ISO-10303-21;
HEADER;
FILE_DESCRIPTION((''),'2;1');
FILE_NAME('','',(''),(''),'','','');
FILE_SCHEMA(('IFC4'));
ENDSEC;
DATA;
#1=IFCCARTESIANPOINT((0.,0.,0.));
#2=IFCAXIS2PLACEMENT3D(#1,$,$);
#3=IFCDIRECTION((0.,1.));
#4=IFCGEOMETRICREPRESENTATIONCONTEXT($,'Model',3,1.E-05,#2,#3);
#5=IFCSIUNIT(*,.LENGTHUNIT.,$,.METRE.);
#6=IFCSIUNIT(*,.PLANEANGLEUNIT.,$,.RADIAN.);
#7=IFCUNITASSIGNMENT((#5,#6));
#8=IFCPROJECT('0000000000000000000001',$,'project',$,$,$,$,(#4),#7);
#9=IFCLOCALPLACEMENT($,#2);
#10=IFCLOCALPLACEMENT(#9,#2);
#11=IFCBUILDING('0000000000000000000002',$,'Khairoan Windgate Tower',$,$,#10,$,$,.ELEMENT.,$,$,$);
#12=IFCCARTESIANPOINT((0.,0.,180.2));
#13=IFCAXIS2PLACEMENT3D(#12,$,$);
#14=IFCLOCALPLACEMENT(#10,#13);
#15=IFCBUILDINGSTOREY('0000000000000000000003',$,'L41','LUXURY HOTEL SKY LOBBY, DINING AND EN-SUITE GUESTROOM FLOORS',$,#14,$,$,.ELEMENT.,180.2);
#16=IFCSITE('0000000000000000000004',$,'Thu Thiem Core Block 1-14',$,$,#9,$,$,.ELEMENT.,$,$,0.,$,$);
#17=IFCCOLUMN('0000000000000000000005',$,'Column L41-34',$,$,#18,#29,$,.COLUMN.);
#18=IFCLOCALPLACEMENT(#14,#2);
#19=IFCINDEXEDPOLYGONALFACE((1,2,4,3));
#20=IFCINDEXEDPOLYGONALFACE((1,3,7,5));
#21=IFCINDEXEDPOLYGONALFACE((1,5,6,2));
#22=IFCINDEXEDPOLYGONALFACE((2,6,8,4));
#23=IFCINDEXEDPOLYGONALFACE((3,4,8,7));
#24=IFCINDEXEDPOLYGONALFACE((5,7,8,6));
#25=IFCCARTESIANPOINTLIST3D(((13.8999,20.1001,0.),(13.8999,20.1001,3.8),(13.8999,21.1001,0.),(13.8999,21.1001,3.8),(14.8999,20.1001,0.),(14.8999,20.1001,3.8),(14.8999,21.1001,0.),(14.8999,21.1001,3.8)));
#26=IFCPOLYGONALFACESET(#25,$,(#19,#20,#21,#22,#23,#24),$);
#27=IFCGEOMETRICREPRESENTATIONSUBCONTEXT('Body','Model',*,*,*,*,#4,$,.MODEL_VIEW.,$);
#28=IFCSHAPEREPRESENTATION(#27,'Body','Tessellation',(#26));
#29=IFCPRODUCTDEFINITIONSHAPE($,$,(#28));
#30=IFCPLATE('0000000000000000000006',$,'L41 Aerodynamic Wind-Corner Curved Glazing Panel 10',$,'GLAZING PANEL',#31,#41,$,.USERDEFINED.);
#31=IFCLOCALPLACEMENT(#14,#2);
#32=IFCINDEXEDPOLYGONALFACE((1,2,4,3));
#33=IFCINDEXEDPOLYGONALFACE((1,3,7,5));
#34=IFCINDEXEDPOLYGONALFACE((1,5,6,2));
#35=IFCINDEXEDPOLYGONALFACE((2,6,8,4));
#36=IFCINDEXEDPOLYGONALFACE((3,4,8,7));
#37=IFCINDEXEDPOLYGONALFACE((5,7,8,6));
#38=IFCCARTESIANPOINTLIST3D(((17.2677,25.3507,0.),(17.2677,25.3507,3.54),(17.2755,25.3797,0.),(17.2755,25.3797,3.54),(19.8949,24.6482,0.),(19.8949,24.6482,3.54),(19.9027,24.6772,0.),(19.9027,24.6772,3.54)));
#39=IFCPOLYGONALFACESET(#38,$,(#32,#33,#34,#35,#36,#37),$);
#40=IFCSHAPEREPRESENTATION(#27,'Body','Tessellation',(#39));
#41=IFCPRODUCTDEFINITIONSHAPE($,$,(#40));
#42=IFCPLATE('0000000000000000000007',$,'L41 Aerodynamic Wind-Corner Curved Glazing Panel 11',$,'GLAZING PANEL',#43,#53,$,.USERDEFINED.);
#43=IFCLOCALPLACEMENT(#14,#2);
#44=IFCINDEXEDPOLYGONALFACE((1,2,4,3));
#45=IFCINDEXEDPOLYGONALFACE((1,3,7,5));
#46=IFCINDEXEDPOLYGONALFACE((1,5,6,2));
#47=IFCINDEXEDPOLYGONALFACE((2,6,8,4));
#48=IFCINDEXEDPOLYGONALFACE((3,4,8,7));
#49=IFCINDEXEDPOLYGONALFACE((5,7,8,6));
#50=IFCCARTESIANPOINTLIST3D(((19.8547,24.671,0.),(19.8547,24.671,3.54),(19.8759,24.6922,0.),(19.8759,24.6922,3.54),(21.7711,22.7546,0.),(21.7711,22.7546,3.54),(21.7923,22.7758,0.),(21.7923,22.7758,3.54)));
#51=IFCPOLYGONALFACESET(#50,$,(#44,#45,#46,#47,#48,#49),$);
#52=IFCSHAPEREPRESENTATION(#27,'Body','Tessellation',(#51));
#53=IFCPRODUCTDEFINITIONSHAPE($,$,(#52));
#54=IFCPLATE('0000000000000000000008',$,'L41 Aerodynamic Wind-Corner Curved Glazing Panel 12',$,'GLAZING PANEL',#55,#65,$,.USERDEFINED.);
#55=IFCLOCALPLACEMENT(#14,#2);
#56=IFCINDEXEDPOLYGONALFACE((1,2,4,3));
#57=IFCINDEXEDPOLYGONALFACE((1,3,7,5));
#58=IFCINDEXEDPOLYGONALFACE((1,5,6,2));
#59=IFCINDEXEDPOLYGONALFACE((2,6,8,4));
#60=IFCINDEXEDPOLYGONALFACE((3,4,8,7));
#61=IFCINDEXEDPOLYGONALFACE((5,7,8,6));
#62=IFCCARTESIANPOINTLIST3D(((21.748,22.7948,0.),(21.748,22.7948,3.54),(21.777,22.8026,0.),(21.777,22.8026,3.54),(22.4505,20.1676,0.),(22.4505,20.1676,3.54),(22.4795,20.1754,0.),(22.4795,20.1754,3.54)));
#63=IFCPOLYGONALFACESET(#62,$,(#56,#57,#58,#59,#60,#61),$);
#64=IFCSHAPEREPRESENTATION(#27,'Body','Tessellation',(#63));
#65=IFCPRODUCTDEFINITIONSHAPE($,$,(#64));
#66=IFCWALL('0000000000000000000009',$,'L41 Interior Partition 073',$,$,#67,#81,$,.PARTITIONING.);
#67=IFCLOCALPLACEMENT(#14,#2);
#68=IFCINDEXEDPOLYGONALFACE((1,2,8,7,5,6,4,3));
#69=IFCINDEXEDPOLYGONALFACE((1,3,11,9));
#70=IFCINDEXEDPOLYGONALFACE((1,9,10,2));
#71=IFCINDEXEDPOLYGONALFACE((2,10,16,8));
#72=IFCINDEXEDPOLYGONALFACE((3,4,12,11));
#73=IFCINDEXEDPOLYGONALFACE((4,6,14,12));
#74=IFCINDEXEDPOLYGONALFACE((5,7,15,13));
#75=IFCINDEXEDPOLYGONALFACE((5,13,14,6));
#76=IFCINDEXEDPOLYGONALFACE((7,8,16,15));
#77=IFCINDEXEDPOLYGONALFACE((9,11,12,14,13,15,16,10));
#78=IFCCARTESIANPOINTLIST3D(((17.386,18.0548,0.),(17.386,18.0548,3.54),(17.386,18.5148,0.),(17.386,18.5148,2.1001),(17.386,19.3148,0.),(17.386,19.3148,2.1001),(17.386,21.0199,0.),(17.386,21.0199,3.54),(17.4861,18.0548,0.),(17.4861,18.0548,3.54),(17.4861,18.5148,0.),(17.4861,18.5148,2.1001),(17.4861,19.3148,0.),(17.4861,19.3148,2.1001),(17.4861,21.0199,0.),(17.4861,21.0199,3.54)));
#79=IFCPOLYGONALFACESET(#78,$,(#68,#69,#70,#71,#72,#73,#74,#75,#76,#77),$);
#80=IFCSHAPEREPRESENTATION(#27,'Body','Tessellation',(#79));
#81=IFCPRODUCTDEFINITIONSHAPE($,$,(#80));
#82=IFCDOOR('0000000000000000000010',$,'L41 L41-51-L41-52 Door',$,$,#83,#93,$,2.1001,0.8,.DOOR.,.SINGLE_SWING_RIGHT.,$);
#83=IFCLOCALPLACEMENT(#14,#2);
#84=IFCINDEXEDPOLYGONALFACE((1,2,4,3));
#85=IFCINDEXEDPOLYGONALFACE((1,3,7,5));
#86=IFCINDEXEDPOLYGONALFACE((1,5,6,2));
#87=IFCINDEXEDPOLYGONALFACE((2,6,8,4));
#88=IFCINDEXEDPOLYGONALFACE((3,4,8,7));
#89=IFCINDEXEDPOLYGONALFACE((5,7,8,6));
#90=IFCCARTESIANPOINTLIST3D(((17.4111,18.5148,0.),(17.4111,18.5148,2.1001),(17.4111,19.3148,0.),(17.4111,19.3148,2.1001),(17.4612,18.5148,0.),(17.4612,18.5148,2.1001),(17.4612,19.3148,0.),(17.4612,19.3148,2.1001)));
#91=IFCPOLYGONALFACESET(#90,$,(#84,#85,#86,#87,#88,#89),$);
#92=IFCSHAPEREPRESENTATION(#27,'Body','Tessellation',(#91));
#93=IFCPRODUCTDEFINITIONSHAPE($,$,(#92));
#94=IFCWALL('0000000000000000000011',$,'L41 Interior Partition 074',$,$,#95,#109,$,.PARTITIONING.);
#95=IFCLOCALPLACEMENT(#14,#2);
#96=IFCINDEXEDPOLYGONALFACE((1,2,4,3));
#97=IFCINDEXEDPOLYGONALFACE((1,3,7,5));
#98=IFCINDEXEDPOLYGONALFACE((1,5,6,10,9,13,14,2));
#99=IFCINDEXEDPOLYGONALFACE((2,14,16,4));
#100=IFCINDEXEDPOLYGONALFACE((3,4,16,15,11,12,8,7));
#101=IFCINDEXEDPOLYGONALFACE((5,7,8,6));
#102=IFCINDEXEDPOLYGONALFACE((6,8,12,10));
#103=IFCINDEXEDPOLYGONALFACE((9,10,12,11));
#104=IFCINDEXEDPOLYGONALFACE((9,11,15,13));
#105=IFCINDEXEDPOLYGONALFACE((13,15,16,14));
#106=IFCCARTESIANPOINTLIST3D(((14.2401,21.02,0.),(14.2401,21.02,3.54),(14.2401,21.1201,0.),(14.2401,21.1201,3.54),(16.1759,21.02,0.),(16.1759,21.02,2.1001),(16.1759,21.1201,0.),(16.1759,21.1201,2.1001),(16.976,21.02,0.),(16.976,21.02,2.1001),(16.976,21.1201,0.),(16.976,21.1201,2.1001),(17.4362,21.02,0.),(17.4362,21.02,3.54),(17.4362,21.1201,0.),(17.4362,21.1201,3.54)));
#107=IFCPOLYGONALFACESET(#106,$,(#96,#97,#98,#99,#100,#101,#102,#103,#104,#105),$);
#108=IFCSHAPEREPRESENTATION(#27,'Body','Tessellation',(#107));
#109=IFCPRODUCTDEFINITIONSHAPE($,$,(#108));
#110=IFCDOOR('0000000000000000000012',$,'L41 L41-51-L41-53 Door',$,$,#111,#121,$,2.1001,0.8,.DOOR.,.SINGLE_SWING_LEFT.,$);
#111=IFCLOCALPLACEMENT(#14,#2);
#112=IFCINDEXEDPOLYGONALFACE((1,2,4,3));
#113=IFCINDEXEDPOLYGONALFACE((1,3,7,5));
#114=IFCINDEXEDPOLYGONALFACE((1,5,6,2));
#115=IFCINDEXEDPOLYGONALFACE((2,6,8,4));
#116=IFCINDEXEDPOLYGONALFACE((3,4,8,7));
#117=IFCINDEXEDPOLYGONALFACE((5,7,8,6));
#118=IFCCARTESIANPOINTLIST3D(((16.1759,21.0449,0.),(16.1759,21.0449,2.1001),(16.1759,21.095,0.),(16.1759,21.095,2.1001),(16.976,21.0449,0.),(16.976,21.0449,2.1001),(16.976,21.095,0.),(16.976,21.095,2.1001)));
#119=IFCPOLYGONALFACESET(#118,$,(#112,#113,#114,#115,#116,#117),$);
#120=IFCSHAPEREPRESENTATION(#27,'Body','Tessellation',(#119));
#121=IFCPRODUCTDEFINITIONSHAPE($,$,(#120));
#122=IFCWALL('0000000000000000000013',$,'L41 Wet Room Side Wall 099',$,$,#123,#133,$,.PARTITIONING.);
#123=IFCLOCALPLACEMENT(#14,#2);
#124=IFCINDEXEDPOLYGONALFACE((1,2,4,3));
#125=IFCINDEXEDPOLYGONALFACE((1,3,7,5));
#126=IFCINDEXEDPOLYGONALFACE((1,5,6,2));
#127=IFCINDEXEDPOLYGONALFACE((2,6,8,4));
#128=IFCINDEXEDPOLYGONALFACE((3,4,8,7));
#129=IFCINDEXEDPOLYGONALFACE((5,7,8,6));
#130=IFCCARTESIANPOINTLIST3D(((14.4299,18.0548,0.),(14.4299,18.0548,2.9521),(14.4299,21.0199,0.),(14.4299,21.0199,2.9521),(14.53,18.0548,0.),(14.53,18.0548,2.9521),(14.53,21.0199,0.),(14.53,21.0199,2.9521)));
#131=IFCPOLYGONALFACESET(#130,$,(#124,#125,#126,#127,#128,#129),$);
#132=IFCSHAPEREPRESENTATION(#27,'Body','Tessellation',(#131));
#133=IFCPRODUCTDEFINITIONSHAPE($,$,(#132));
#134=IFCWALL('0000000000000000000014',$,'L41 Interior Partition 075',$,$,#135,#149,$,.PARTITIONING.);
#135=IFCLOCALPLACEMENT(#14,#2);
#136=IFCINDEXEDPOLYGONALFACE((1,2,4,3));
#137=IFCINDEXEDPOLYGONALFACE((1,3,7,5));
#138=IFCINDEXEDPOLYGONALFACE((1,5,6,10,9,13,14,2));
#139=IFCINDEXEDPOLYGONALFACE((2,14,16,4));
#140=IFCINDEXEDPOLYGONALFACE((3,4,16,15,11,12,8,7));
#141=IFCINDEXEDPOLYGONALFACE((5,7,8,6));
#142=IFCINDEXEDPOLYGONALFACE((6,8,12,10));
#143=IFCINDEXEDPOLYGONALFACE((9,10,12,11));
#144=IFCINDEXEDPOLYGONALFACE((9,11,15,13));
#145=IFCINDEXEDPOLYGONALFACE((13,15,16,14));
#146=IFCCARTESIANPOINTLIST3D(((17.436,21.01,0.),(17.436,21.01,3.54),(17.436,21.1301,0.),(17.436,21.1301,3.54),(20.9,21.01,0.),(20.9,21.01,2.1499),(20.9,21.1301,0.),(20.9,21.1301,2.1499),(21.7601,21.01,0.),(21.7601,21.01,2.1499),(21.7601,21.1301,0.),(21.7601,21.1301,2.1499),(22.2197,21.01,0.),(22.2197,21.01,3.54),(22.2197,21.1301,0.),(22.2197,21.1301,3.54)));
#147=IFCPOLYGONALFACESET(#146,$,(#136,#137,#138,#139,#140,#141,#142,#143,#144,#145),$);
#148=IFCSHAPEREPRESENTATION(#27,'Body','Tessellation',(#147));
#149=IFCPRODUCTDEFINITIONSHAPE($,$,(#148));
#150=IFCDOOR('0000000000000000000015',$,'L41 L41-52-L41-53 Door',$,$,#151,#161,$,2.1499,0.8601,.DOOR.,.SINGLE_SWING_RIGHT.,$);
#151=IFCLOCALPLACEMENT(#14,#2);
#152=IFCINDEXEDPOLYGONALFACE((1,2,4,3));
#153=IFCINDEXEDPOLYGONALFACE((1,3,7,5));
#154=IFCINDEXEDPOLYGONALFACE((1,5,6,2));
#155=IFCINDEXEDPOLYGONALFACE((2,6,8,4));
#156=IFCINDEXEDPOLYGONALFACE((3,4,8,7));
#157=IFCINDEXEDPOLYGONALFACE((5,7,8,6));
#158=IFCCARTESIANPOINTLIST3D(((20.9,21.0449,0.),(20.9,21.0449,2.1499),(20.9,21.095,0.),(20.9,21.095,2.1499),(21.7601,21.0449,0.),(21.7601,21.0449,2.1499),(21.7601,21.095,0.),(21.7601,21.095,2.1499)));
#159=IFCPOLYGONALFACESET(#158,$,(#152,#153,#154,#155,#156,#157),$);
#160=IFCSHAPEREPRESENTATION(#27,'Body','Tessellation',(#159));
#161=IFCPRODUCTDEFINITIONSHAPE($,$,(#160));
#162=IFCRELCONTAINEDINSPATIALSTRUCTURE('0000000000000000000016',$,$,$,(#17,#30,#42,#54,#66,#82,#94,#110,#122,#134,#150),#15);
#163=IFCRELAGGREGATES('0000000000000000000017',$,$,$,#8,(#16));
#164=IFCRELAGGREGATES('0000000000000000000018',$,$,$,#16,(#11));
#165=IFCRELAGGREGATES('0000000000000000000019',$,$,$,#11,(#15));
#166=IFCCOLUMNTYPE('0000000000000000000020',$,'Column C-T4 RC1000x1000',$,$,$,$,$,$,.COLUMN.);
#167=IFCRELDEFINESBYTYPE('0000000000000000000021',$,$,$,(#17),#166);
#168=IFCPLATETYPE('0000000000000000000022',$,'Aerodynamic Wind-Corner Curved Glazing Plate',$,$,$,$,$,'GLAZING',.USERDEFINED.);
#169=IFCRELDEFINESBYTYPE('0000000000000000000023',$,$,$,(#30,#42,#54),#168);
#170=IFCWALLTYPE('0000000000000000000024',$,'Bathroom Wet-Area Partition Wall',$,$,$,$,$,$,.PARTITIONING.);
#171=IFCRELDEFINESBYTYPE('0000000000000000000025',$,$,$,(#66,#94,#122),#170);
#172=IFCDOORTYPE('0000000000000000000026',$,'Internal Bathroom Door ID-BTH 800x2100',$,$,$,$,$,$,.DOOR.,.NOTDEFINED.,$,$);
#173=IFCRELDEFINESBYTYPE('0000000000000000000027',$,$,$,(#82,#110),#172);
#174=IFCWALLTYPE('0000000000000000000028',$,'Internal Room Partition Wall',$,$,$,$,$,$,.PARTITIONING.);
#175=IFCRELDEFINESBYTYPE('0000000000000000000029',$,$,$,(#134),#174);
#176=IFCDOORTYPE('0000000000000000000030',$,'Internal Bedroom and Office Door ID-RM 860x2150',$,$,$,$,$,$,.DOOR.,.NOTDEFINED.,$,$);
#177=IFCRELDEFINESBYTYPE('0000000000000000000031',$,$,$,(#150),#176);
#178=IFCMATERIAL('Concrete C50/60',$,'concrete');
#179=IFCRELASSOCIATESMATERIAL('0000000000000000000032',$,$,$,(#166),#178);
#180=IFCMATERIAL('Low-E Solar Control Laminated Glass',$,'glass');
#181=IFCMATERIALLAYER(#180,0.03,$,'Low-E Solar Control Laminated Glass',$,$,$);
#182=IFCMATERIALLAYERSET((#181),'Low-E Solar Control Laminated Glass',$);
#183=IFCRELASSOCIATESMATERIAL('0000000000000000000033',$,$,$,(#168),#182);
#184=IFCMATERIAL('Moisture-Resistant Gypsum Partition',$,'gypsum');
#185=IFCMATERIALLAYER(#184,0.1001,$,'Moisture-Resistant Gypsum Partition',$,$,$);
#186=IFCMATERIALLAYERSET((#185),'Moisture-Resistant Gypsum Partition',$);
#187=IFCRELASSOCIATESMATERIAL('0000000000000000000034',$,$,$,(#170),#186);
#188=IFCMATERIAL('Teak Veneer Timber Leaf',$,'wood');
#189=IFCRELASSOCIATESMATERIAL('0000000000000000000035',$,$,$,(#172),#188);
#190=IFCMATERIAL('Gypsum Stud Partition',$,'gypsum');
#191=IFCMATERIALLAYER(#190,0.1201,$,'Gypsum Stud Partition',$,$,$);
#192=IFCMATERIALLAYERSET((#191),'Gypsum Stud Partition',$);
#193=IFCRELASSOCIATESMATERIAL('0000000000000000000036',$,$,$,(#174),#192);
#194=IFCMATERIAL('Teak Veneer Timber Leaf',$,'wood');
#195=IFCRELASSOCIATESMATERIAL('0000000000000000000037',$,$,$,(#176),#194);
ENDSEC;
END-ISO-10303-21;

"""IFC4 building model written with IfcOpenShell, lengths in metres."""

from ifc_helpers import new_model, si_unit, direction, frame, frame_2d, origin, origin_2d, place, context, subcontext, project, spatial, rectangle, extrude, material, layer, layer_set, material_profile, profile_set, type_object, element, fill, save


model = new_model("IFC4")

# Units and contexts
model_context = context("Model", 3, precision=1e-05, world=origin(), true_north=direction((0.0, 1.0)))
body_context = subcontext(model_context, "Body", "Model", "MODEL_VIEW")
ifc_project = project(units=[si_unit("LENGTHUNIT", "METRE"), si_unit("PLANEANGLEUNIT", "RADIAN")], contexts=[model_context])

# Site, building, storey
site_placement = place(None, origin())
site = spatial("IfcSite", under=ifc_project, at=site_placement, Name="Thu Thiem Core Block 1-14", CompositionType="ELEMENT", RefElevation=0.0)
building_placement = place(site_placement, origin())
building = spatial("IfcBuilding", under=site, at=building_placement, Name="Khairoan Windgate Tower", CompositionType="ELEMENT")
storey_placement = place(building_placement, frame((0.0, 0.0, 180.2)))
storey = spatial("IfcBuildingStorey", under=building, at=storey_placement, Name="L41", Description="LUXURY HOTEL SKY LOBBY, DINING AND EN-SUITE GUESTROOM FLOORS", CompositionType="ELEMENT", Elevation=180.2)

# Column
ifc_material_1 = material(Name="Concrete C50/60", Category="concrete")
ifc_material_profile_1 = material_profile(ifc_material_1, rectangle(XDim=1.0, YDim=1.0, at=origin_2d()))
ifc_profile_set_1 = profile_set([ifc_material_profile_1], Name="Concrete C50/60")
column_type = type_object("IfcColumnType", Name="Column C-T4 RC1000x1000", PredefinedType="COLUMN", material=ifc_profile_set_1)
column_placement = place(storey_placement, frame((14.3999, 20.6001, 0.0), z_axis=(0.0, 0.0, 1.0), x_axis=(1.0, 0.0, 0.0)))
element("IfcColumn", 1, at=column_placement, inside=storey, type_object=column_type, Name="Column L41-34", PredefinedType="COLUMN", context=body_context, shape_type="SweptSolid", body=[
    extrude(rectangle(XDim=1.0, YDim=1.0, at=origin_2d()), origin(), (0.0, 0.0, 1.0), 3.8),
])

# Plates
ifc_material_2 = material(Name="Low-E Solar Control Laminated Glass", Category="glass")
ifc_layer_1 = layer(ifc_material_2, 0.03, Name="Low-E Solar Control Laminated Glass")
ifc_layer_set_1 = layer_set([ifc_layer_1], Name="Low-E Solar Control Laminated Glass")
plate_type_1 = type_object("IfcPlateType", Name="Aerodynamic Wind-Corner Curved Glazing Plate", ElementType="GLAZING", PredefinedType="USERDEFINED", material=ifc_layer_set_1)
plate_1_placement = place(storey_placement, frame((18.5852, 25.0139, 0.0), z_axis=(0.0, 0.0, 1.0), x_axis=(0.966061, -0.258313, 0.0)))
element("IfcPlate", 2, at=plate_1_placement, inside=storey, type_object=plate_type_1, Name="L41 Aerodynamic Wind-Corner Curved Glazing Panel 10", ObjectType="GLAZING PANEL", PredefinedType="USERDEFINED", context=body_context, shape_type="SweptSolid", body=[
    extrude(rectangle(XDim=2.7195, YDim=0.03, at=origin_2d()), origin(), (0.0, 0.0, 1.0), 3.54),
])
plate_2_placement = place(storey_placement, frame((20.8235, 23.7234, 0.0), z_axis=(0.0, 0.0, 1.0), x_axis=(0.707107, -0.707107, 0.0)))
element("IfcPlate", 3, at=plate_2_placement, inside=storey, type_object=plate_type_1, Name="L41 Aerodynamic Wind-Corner Curved Glazing Panel 11", ObjectType="GLAZING PANEL", PredefinedType="USERDEFINED", context=body_context, shape_type="SweptSolid", body=[
    extrude(rectangle(XDim=2.7102, YDim=0.03, at=origin_2d()), origin(), (0.0, 0.0, 1.0), 3.54),
])
plate_3_placement = place(storey_placement, frame((22.1138, 21.4851, 0.0), z_axis=(0.0, 0.0, 1.0), x_axis=(0.258313, -0.966061, 0.0)))
element("IfcPlate", 4, at=plate_3_placement, inside=storey, type_object=plate_type_1, Name="L41 Aerodynamic Wind-Corner Curved Glazing Panel 12", ObjectType="GLAZING PANEL", PredefinedType="USERDEFINED", context=body_context, shape_type="SweptSolid", body=[
    extrude(rectangle(XDim=2.7195, YDim=0.03, at=origin_2d()), origin(), (0.0, 0.0, 1.0), 3.54),
])

# Walls, openings, doors
ifc_material_3 = material(Name="Moisture-Resistant Gypsum Partition", Category="gypsum")
ifc_layer_2 = layer(ifc_material_3, 0.1001, Name="Moisture-Resistant Gypsum Partition")
ifc_layer_set_2 = layer_set([ifc_layer_2], Name="Moisture-Resistant Gypsum Partition")
wall_type_1 = type_object("IfcWallType", Name="Bathroom Wet-Area Partition Wall", PredefinedType="PARTITIONING", material=ifc_layer_set_2)
wall_1_placement = place(storey_placement, frame((17.436, 18.0549, 0.0), z_axis=(0.0, 0.0, 1.0), x_axis=(0.0, 1.0, 0.0)))
wall_1 = element("IfcWall", 5, at=wall_1_placement, inside=storey, type_object=wall_type_1, Name="L41 Interior Partition 073", PredefinedType="PARTITIONING", context=body_context, shape_type="SweptSolid", body=[
    extrude(rectangle(XDim=2.9651, YDim=0.1001, at=frame_2d((1.4824, 0.0))), origin(), (0.0, 0.0, 1.0), 3.54),
])
opening_1_placement = place(wall_1_placement, frame((0.46, 0.0, 0.0)))
opening_1 = element("IfcOpeningElement", 6, at=opening_1_placement, cuts=wall_1, PredefinedType="OPENING", context=body_context, shape_type="SweptSolid", body=[
    extrude(rectangle(XDim=0.8, YDim=2.1001, at=frame_2d((0.3999, 1.05))), frame((0.0, 0.0601, 0.0), z_axis=(0.0, -1.0, 0.0), x_axis=(1.0, 0.0, 0.0)), (0.0, 0.0, 1.0), 0.1201),
])
ifc_material_4 = material(Name="Teak Veneer Timber Leaf", Category="wood")
door_type_1 = type_object("IfcDoorType", Name="Internal Bathroom Door ID-BTH 800x2100", OperationType="NOTDEFINED", PredefinedType="DOOR", material=ifc_material_4)
door_1_placement = place(opening_1_placement, origin())
door_1 = element("IfcDoor", 7, at=door_1_placement, inside=storey, type_object=door_type_1, Name="L41 L41-51-L41-52 Door", OperationType="SINGLE_SWING_RIGHT", OverallHeight=2.1001, OverallWidth=0.8, PredefinedType="DOOR", context=body_context, shape_type="SweptSolid", body=[
    extrude(rectangle(XDim=0.8, YDim=2.1001, at=frame_2d((0.3999, 1.05))), frame((0.0, 0.0249, 0.0), z_axis=(0.0, -1.0, 0.0), x_axis=(1.0, 0.0, 0.0)), (0.0, 0.0, 1.0), 0.05),
])
fill(opening_1, door_1)
wall_2_placement = place(storey_placement, frame((14.24, 21.0701, 0.0), z_axis=(0.0, 0.0, 1.0), x_axis=(1.0, 0.0, 0.0)))
wall_2 = element("IfcWall", 8, at=wall_2_placement, inside=storey, type_object=wall_type_1, Name="L41 Interior Partition 074", PredefinedType="PARTITIONING", context=body_context, shape_type="SweptSolid", body=[
    extrude(rectangle(XDim=3.196, YDim=0.1001, at=frame_2d((1.5981, 0.0))), origin(), (0.0, 0.0, 1.0), 3.54),
])
opening_2_placement = place(wall_2_placement, frame((1.936, 0.0, 0.0)))
opening_2 = element("IfcOpeningElement", 9, at=opening_2_placement, cuts=wall_2, PredefinedType="OPENING", context=body_context, shape_type="SweptSolid", body=[
    extrude(rectangle(XDim=0.8, YDim=2.1001, at=frame_2d((0.3999, 1.05))), frame((0.0, 0.0601, 0.0), z_axis=(0.0, -1.0, 0.0), x_axis=(1.0, 0.0, 0.0)), (0.0, 0.0, 1.0), 0.1201),
])
door_2_placement = place(opening_2_placement, origin())
door_2 = element("IfcDoor", 10, at=door_2_placement, inside=storey, type_object=door_type_1, Name="L41 L41-51-L41-53 Door", OperationType="SINGLE_SWING_LEFT", OverallHeight=2.1001, OverallWidth=0.8, PredefinedType="DOOR", context=body_context, shape_type="SweptSolid", body=[
    extrude(rectangle(XDim=0.8, YDim=2.1001, at=frame_2d((0.3999, 1.05))), frame((0.0, 0.0249, 0.0), z_axis=(0.0, -1.0, 0.0), x_axis=(1.0, 0.0, 0.0)), (0.0, 0.0, 1.0), 0.05),
])
fill(opening_2, door_2)

# Wall
wall_3_placement = place(storey_placement, frame((14.48, 18.0549, 0.0), z_axis=(0.0, 0.0, 1.0), x_axis=(0.0, 1.0, 0.0)))
element("IfcWall", 11, at=wall_3_placement, inside=storey, type_object=wall_type_1, Name="L41 Wet Room Side Wall 099", PredefinedType="PARTITIONING", context=body_context, shape_type="SweptSolid", body=[
    extrude(rectangle(XDim=2.9651, YDim=0.1001, at=frame_2d((1.4824, 0.0))), origin(), (0.0, 0.0, 1.0), 2.9521),
])

# Wall, opening, door
ifc_material_5 = material(Name="Gypsum Stud Partition", Category="gypsum")
ifc_layer_3 = layer(ifc_material_5, 0.1201, Name="Gypsum Stud Partition")
ifc_layer_set_3 = layer_set([ifc_layer_3], Name="Gypsum Stud Partition")
wall_type_2 = type_object("IfcWallType", Name="Internal Room Partition Wall", PredefinedType="PARTITIONING", material=ifc_layer_set_3)
wall_4_placement = place(storey_placement, frame((17.436, 21.0701, 0.0), z_axis=(0.0, 0.0, 1.0), x_axis=(1.0, 0.0, 0.0)))
wall_4 = element("IfcWall", 12, at=wall_4_placement, inside=storey, type_object=wall_type_2, Name="L41 Interior Partition 075", PredefinedType="PARTITIONING", context=body_context, shape_type="SweptSolid", body=[
    extrude(rectangle(XDim=4.7837, YDim=0.1201, at=frame_2d((2.3918, 0.0))), origin(), (0.0, 0.0, 1.0), 3.54),
])
opening_3_placement = place(wall_4_placement, frame((3.4639, 0.0, 0.0)))
opening_3 = element("IfcOpeningElement", 13, at=opening_3_placement, cuts=wall_4, PredefinedType="OPENING", context=body_context, shape_type="SweptSolid", body=[
    extrude(rectangle(XDim=0.8601, YDim=2.1499, at=frame_2d((0.4302, 1.075))), frame((0.0, 0.0701, 0.0), z_axis=(0.0, -1.0, 0.0), x_axis=(1.0, 0.0, 0.0)), (0.0, 0.0, 1.0), 0.1401),
])
ifc_material_6 = material(Name="Teak Veneer Timber Leaf", Category="wood")
door_type_2 = type_object("IfcDoorType", Name="Internal Bedroom and Office Door ID-RM 860x2150", OperationType="NOTDEFINED", PredefinedType="DOOR", material=ifc_material_6)
door_3_placement = place(opening_3_placement, origin())
door_3 = element("IfcDoor", 14, at=door_3_placement, inside=storey, type_object=door_type_2, Name="L41 L41-52-L41-53 Door", OperationType="SINGLE_SWING_RIGHT", OverallHeight=2.1499, OverallWidth=0.8601, PredefinedType="DOOR", context=body_context, shape_type="SweptSolid", body=[
    extrude(rectangle(XDim=0.8601, YDim=2.1499, at=frame_2d((0.4302, 1.075))), frame((0.0, 0.0249, 0.0), z_axis=(0.0, -1.0, 0.0), x_axis=(1.0, 0.0, 0.0)), (0.0, 0.0, 1.0), 0.05),
])
fill(opening_3, door_3)

save(model, "model.ifc")
